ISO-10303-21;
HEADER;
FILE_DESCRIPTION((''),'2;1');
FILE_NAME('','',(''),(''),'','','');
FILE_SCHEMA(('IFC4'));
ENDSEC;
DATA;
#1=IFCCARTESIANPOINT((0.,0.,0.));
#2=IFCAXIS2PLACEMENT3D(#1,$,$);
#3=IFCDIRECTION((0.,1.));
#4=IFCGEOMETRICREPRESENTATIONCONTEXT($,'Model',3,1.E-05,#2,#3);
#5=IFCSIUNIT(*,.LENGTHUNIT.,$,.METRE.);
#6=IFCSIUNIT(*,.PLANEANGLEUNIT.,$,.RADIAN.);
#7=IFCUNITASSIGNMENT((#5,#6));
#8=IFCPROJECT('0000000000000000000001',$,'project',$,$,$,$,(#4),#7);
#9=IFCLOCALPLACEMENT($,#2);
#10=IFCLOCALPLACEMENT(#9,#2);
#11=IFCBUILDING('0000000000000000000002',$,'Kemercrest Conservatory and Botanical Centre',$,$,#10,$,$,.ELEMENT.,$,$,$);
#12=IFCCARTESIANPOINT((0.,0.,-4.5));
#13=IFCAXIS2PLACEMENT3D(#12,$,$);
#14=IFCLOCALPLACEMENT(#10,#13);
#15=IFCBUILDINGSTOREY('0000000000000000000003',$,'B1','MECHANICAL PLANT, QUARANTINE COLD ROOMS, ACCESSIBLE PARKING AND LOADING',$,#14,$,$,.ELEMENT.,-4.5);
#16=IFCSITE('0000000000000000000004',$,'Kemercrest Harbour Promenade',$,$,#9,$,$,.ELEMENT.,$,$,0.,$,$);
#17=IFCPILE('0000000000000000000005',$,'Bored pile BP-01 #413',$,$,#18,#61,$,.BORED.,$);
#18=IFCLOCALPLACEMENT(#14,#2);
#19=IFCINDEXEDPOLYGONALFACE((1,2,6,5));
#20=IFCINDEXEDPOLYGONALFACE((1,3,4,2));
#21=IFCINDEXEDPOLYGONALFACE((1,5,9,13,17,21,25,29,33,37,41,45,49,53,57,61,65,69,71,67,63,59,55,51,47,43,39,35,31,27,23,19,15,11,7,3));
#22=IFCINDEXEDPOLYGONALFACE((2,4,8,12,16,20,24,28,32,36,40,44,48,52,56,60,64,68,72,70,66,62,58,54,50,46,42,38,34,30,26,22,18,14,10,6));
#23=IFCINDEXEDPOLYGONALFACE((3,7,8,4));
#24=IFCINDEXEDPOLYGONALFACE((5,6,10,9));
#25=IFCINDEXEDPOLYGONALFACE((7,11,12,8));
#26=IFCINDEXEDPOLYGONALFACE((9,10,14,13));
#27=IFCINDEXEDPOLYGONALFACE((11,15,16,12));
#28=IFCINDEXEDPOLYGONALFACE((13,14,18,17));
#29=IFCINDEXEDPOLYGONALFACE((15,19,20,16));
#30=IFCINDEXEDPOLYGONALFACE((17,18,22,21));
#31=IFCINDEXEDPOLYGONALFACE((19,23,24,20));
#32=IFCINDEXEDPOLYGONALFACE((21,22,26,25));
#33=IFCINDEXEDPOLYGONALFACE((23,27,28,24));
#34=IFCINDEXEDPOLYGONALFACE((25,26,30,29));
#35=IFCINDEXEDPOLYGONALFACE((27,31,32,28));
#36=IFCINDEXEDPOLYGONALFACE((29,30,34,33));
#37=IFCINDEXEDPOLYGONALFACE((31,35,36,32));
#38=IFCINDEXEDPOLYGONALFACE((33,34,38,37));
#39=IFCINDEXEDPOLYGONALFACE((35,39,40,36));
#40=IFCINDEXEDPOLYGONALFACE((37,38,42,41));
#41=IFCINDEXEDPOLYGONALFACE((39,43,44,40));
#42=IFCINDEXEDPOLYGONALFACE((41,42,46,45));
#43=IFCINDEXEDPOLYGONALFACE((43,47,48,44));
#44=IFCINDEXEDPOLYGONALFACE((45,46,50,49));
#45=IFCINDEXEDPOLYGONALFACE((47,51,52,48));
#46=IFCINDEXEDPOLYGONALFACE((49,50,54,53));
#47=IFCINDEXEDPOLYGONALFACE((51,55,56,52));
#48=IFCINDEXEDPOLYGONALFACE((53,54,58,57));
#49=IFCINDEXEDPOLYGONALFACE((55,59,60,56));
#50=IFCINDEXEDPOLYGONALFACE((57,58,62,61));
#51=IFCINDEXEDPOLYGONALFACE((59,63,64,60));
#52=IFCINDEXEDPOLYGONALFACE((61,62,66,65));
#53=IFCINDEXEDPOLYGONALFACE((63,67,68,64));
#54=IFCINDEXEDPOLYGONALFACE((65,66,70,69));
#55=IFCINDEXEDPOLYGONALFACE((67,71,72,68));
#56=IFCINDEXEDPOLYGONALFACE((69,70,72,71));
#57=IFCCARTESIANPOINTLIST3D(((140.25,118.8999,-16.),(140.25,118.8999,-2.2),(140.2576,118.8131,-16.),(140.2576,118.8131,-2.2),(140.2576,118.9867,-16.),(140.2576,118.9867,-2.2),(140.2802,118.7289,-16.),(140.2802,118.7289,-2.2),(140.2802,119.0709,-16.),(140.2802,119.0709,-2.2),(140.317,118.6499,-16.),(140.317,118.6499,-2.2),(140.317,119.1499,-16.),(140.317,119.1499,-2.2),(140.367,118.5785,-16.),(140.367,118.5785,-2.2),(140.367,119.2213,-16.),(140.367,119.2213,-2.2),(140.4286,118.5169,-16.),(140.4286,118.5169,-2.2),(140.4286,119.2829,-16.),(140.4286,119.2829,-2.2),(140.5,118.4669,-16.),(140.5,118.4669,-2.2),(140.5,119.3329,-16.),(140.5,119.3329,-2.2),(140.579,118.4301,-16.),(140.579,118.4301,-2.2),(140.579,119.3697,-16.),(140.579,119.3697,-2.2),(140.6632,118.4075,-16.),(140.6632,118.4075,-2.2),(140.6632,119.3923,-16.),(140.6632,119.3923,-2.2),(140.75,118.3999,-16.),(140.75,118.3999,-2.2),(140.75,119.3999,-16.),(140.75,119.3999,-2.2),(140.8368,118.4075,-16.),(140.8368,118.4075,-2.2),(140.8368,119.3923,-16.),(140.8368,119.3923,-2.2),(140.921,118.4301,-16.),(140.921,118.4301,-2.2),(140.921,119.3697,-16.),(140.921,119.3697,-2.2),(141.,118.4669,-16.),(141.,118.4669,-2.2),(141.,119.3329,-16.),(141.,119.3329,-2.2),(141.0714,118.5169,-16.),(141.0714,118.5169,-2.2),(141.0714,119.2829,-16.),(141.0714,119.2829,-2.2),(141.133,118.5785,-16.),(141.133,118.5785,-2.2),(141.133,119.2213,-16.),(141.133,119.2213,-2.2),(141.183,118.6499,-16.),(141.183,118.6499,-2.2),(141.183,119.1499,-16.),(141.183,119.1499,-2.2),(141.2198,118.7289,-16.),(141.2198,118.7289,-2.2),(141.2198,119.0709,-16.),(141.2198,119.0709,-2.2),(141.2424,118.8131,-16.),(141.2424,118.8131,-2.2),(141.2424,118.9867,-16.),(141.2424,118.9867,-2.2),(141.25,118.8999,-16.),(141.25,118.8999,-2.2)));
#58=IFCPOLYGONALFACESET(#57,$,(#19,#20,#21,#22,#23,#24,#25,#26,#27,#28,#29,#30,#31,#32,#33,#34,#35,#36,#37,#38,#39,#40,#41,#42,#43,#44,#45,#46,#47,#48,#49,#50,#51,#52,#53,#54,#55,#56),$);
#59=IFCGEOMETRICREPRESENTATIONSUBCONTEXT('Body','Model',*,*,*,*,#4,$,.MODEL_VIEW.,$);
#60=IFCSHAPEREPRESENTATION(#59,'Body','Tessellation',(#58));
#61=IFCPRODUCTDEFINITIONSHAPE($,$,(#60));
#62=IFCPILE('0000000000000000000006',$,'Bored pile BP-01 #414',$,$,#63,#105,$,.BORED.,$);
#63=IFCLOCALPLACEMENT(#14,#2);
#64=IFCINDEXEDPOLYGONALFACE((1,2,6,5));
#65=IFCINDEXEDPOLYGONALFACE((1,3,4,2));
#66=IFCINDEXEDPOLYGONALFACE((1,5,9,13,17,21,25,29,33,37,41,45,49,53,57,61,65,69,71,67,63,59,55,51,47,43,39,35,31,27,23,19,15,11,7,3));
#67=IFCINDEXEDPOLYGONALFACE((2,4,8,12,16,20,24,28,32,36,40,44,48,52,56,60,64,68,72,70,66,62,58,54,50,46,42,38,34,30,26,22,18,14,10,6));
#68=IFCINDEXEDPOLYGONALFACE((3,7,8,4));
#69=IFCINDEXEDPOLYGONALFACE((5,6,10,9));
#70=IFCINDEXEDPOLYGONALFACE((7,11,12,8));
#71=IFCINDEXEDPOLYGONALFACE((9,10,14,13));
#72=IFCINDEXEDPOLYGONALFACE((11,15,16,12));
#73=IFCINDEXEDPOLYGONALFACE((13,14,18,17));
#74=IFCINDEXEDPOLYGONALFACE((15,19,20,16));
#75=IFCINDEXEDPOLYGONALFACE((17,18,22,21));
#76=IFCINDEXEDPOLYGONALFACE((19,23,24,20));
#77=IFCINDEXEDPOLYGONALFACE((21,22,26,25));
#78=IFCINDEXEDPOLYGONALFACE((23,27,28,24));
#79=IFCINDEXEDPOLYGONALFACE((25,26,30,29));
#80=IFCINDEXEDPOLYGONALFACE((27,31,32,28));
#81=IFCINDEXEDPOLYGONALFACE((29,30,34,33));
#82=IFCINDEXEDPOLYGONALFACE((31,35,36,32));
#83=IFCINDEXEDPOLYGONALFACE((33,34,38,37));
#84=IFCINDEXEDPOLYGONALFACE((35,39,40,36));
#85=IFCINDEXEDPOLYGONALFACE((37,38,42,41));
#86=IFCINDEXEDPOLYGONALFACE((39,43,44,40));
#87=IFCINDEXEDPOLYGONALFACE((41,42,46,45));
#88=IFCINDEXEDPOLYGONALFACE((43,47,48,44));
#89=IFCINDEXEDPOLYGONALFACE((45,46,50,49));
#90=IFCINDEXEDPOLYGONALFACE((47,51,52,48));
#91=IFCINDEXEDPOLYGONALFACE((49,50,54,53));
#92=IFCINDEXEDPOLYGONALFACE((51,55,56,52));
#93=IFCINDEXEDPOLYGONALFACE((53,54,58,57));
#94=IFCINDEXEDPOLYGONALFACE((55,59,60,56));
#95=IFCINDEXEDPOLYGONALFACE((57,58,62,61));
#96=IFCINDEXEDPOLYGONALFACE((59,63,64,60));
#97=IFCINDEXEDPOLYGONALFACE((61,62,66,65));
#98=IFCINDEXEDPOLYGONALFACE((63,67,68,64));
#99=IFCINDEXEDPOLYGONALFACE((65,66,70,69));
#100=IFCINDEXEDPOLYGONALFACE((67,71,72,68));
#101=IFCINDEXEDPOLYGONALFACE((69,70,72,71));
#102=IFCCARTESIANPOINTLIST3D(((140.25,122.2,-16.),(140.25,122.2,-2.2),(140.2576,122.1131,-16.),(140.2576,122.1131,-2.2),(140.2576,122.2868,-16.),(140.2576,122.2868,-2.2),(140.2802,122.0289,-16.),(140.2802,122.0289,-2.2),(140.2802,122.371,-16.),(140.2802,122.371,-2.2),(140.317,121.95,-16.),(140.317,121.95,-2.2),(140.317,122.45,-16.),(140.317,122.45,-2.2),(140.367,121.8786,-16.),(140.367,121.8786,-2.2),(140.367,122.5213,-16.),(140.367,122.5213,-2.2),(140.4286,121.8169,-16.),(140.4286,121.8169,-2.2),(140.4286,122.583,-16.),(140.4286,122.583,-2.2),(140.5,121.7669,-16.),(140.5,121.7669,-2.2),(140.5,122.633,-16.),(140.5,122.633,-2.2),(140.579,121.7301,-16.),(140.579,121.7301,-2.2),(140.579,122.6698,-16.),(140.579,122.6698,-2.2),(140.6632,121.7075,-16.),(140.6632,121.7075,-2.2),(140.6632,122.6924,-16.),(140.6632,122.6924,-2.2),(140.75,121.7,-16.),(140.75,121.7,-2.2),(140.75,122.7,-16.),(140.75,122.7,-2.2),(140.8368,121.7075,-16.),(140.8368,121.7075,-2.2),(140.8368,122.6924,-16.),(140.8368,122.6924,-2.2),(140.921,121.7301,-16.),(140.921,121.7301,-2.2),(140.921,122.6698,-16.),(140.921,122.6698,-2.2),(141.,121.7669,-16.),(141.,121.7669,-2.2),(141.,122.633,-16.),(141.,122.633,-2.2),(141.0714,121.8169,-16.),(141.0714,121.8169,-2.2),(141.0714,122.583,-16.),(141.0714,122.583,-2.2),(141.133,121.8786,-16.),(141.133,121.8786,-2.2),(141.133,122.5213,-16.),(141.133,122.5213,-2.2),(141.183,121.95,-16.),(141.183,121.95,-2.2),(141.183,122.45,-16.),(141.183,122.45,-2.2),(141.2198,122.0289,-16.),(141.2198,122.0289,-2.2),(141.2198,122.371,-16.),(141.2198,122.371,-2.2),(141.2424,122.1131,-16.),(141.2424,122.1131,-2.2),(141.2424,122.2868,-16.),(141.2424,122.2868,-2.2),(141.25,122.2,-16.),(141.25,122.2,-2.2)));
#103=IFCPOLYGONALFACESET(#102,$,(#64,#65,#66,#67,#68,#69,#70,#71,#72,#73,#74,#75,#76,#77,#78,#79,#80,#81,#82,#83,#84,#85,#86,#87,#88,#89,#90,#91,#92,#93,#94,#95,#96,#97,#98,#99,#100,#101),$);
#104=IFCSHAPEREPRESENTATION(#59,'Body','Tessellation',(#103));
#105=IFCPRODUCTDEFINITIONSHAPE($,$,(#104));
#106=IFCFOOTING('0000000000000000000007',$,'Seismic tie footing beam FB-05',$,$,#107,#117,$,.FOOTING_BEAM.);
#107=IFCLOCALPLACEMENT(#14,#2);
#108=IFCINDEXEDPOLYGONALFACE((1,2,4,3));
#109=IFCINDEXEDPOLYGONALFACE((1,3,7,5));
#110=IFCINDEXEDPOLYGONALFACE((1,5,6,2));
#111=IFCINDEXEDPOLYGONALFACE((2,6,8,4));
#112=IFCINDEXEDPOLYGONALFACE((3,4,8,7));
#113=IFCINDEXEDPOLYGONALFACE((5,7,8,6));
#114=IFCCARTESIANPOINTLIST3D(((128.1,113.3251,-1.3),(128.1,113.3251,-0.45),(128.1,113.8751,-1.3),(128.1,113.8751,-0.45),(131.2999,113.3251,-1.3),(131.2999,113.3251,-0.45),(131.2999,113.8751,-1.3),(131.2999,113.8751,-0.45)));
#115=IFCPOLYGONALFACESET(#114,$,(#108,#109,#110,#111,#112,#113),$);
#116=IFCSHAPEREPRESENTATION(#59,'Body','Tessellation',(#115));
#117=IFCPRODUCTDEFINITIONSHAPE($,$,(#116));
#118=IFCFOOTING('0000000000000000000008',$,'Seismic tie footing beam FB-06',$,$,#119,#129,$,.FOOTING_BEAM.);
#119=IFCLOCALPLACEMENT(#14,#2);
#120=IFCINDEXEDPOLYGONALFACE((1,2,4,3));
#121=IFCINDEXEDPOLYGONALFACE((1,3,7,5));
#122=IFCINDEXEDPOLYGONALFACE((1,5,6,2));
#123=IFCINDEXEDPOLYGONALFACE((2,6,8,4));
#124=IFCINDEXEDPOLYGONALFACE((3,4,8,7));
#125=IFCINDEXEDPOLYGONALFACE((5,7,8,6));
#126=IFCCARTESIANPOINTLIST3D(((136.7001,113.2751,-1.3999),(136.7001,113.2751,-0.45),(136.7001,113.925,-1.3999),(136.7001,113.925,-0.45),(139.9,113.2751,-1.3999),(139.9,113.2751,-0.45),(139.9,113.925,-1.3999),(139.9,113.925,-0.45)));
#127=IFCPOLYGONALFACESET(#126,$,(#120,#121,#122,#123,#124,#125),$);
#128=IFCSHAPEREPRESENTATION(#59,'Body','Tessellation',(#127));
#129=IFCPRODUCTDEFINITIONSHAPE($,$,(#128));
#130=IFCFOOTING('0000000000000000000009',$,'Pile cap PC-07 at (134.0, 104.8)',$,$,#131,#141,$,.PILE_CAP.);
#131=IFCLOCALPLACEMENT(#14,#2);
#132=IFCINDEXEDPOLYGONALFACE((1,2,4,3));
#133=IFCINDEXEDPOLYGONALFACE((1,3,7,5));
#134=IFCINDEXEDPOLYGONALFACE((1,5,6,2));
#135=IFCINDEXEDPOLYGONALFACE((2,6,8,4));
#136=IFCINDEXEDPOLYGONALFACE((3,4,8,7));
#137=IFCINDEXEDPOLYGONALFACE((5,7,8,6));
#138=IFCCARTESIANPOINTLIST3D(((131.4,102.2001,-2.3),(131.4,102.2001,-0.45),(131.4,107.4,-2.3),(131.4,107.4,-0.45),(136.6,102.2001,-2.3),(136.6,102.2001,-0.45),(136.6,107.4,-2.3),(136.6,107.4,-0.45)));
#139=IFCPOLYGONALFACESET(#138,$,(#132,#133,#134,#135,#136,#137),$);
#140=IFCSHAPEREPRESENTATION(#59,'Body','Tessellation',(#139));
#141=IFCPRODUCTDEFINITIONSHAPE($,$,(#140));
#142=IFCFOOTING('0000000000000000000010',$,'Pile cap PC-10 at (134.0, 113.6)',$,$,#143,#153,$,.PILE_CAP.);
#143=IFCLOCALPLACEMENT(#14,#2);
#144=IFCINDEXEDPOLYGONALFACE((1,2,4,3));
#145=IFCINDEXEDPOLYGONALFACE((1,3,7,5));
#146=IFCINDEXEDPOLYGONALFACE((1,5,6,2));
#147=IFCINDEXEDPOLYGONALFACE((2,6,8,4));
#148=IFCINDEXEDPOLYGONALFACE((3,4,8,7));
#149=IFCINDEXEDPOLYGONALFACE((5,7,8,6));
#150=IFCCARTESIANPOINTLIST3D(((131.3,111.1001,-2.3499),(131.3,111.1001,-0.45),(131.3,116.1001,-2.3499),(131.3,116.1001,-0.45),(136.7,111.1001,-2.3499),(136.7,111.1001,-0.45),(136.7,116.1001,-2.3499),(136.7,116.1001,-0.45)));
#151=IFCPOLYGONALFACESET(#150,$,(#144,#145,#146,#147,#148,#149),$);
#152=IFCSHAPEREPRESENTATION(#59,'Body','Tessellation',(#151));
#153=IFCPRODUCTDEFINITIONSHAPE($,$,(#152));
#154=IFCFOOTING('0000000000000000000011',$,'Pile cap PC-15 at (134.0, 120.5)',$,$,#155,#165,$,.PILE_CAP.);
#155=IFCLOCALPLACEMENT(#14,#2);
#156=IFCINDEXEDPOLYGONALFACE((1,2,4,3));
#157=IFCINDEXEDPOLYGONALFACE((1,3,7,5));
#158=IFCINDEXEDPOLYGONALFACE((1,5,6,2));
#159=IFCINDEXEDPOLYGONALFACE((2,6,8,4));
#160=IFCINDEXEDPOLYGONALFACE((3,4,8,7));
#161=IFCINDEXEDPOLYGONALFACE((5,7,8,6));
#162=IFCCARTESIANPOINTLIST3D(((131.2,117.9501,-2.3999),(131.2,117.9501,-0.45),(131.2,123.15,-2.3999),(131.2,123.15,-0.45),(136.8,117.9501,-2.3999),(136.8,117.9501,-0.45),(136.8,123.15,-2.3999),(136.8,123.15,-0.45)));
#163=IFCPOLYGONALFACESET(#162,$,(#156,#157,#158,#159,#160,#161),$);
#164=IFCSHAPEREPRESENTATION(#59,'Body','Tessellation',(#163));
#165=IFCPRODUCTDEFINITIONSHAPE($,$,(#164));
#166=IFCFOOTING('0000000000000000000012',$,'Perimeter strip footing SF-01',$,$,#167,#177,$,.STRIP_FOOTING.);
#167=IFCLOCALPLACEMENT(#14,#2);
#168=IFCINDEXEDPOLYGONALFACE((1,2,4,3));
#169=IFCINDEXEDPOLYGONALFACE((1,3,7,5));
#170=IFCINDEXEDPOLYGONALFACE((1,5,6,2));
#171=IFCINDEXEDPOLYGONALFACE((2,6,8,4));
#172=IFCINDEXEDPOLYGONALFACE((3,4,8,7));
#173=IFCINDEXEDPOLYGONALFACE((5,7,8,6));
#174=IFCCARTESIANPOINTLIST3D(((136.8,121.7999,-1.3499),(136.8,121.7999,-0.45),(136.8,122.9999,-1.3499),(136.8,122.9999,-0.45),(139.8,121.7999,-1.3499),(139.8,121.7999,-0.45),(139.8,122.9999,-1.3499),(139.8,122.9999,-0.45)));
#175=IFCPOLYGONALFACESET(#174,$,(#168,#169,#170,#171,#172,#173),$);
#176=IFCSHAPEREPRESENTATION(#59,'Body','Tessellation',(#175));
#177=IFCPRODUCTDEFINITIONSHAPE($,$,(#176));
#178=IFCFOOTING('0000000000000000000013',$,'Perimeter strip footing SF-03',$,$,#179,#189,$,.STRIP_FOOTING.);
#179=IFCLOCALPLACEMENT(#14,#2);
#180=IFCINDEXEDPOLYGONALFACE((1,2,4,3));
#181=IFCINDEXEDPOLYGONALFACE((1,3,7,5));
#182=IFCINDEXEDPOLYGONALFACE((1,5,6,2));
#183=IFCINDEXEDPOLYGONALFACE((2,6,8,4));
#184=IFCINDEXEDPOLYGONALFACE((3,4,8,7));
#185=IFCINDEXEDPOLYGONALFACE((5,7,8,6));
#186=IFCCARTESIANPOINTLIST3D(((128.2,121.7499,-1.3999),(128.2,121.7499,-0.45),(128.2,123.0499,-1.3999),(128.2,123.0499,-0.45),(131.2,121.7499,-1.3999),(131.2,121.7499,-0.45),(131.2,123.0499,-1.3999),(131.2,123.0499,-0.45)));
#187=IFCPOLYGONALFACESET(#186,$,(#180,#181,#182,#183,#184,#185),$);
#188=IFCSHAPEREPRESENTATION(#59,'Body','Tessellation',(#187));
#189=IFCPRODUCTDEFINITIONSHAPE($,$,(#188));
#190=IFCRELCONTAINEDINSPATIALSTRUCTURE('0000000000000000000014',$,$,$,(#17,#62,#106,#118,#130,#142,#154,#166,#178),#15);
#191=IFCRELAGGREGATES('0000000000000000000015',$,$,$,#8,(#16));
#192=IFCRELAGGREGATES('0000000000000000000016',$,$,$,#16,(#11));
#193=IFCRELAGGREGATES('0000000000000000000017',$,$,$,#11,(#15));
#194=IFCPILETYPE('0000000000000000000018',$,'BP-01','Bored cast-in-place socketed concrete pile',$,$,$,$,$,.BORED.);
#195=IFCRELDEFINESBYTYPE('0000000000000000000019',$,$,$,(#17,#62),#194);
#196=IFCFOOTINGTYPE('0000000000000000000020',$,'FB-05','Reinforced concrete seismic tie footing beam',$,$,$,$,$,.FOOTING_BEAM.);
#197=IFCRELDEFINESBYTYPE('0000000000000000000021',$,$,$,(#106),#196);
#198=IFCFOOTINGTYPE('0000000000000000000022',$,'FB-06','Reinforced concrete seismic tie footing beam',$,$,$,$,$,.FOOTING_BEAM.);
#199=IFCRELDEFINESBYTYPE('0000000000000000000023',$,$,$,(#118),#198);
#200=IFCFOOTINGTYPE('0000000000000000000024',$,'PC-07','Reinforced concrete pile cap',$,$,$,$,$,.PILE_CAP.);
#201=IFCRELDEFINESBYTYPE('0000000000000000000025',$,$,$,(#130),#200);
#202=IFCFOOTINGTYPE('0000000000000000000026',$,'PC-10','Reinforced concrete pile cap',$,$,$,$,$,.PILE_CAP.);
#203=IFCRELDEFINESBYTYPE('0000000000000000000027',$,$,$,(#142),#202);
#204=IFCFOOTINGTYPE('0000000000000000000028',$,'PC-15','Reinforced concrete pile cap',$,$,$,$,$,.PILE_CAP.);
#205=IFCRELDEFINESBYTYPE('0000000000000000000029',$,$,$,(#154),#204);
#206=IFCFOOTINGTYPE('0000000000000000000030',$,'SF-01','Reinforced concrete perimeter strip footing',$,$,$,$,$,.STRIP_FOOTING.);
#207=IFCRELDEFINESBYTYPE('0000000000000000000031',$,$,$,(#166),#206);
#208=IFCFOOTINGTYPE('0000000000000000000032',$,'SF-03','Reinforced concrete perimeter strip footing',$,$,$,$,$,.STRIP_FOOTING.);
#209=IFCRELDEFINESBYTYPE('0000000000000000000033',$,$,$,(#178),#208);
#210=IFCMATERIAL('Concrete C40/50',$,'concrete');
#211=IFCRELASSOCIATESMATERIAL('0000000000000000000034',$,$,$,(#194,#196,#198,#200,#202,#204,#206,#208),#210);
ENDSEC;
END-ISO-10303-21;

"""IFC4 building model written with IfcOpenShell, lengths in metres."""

from ifc_helpers import new_model, si_unit, direction, frame, origin, origin_2d, place, context, subcontext, project, spatial, rectangle, circle, extrude, material, material_profile, profile_set, type_object, element, save


model = new_model("IFC4")

# Units and contexts
model_context = context("Model", 3, precision=1e-05, world=origin(), true_north=direction((0.0, 1.0)))
body_context = subcontext(model_context, "Body", "Model", "MODEL_VIEW")
ifc_project = project(units=[si_unit("LENGTHUNIT", "METRE"), si_unit("PLANEANGLEUNIT", "RADIAN")], contexts=[model_context])

# Site, building, storey
site_placement = place(None, origin())
site = spatial("IfcSite", under=ifc_project, at=site_placement, Name="Kemercrest Harbour Promenade", CompositionType="ELEMENT", RefElevation=0.0)
building_placement = place(site_placement, origin())
building = spatial("IfcBuilding", under=site, at=building_placement, Name="Kemercrest Conservatory and Botanical Centre", CompositionType="ELEMENT")
storey_placement = place(building_placement, frame((0.0, 0.0, -4.5)))
storey = spatial("IfcBuildingStorey", under=building, at=storey_placement, Name="B1", Description="MECHANICAL PLANT, QUARANTINE COLD ROOMS, ACCESSIBLE PARKING AND LOADING", CompositionType="ELEMENT", Elevation=-4.5)

# Piles
ifc_material_1 = material(Name="Concrete C40/50", Category="concrete")
ifc_material_profile_1 = material_profile(ifc_material_1, circle(Radius=0.5, at=origin_2d()), Name="BORED PILE 1000")
ifc_profile_set_1 = profile_set([ifc_material_profile_1], Name="Concrete C40/50")
pile_type = type_object("IfcPileType", Name="BP-01", Description="Bored cast-in-place socketed concrete pile", PredefinedType="BORED", material=ifc_profile_set_1)
for number, where, z_axis, x_axis, name in (
    (1, (140.75, 118.8999, -2.2), (0.0, 0.0, -1.0), (1.0, 0.0, 0.0), "Bored pile BP-01 #413"),
    (2, (140.75, 122.2, -2.2), (0.0, 0.0, -1.0), (1.0, 0.0, 0.0), "Bored pile BP-01 #414"),
):
    element("IfcPile", number, at=place(storey_placement, frame(where, z_axis=z_axis, x_axis=x_axis)), inside=storey, type_object=pile_type, Name=name, PredefinedType="BORED", context=body_context, shape_type="SweptSolid", body=[
        extrude(circle(Radius=0.5, at=origin_2d()), origin(), (0.0, 0.0, 1.0), 13.8),
    ])

# Footings
footing_type_1 = type_object("IfcFootingType", Name="FB-05", Description="Reinforced concrete seismic tie footing beam", PredefinedType="FOOTING_BEAM", material=ifc_material_1)
footing_1_placement = place(storey_placement, frame((129.7, 113.6001, -1.3), z_axis=(0.0, 0.0, 1.0), x_axis=(1.0, 0.0, 0.0)))
element("IfcFooting", 3, at=footing_1_placement, inside=storey, type_object=footing_type_1, Name="Seismic tie footing beam FB-05", PredefinedType="FOOTING_BEAM", context=body_context, shape_type="SweptSolid", body=[
    extrude(rectangle(XDim=3.2, YDim=0.55, at=origin_2d()), origin(), (0.0, 0.0, 1.0), 0.8501),
])
footing_type_2 = type_object("IfcFootingType", Name="FB-06", Description="Reinforced concrete seismic tie footing beam", PredefinedType="FOOTING_BEAM", material=ifc_material_1)
footing_2_placement = place(storey_placement, frame((138.3, 113.6001, -1.3999), z_axis=(0.0, 0.0, 1.0), x_axis=(1.0, 0.0, 0.0)))
element("IfcFooting", 4, at=footing_2_placement, inside=storey, type_object=footing_type_2, Name="Seismic tie footing beam FB-06", PredefinedType="FOOTING_BEAM", context=body_context, shape_type="SweptSolid", body=[
    extrude(rectangle(XDim=3.2, YDim=0.6499, at=origin_2d()), origin(), (0.0, 0.0, 1.0), 0.95),
])
footing_type_3 = type_object("IfcFootingType", Name="PC-07", Description="Reinforced concrete pile cap", PredefinedType="PILE_CAP", material=ifc_material_1)
footing_3_placement = place(storey_placement, frame((134.0, 104.8, -2.3), z_axis=(0.0, 0.0, 1.0), x_axis=(1.0, 0.0, 0.0)))
element("IfcFooting", 5, at=footing_3_placement, inside=storey, type_object=footing_type_3, Name="Pile cap PC-07 at (134.0, 104.8)", PredefinedType="PILE_CAP", context=body_context, shape_type="SweptSolid", body=[
    extrude(rectangle(XDim=5.2, YDim=5.2, at=origin_2d()), origin(), (0.0, 0.0, 1.0), 1.8501),
])
footing_type_4 = type_object("IfcFootingType", Name="PC-10", Description="Reinforced concrete pile cap", PredefinedType="PILE_CAP", material=ifc_material_1)
footing_4_placement = place(storey_placement, frame((134.0, 113.6001, -2.3499), z_axis=(0.0, 0.0, 1.0), x_axis=(1.0, 0.0, 0.0)))
element("IfcFooting", 6, at=footing_4_placement, inside=storey, type_object=footing_type_4, Name="Pile cap PC-10 at (134.0, 113.6)", PredefinedType="PILE_CAP", context=body_context, shape_type="SweptSolid", body=[
    extrude(rectangle(XDim=5.3999, YDim=5.0, at=origin_2d()), origin(), (0.0, 0.0, 1.0), 1.8999),
])
footing_type_5 = type_object("IfcFootingType", Name="PC-15", Description="Reinforced concrete pile cap", PredefinedType="PILE_CAP", material=ifc_material_1)
footing_5_placement = place(storey_placement, frame((134.0, 120.55, -2.3999), z_axis=(0.0, 0.0, 1.0), x_axis=(1.0, 0.0, 0.0)))
element("IfcFooting", 7, at=footing_5_placement, inside=storey, type_object=footing_type_5, Name="Pile cap PC-15 at (134.0, 120.5)", PredefinedType="PILE_CAP", context=body_context, shape_type="SweptSolid", body=[
    extrude(rectangle(XDim=5.6001, YDim=5.2, at=origin_2d()), origin(), (0.0, 0.0, 1.0), 1.95),
])
footing_type_6 = type_object("IfcFootingType", Name="SF-01", Description="Reinforced concrete perimeter strip footing", PredefinedType="STRIP_FOOTING", material=ifc_material_1)
footing_6_placement = place(storey_placement, frame((138.3, 122.3999, -1.3499), z_axis=(0.0, 0.0, 1.0), x_axis=(1.0, 0.0, 0.0)))
element("IfcFooting", 8, at=footing_6_placement, inside=storey, type_object=footing_type_6, Name="Perimeter strip footing SF-01", PredefinedType="STRIP_FOOTING", context=body_context, shape_type="SweptSolid", body=[
    extrude(rectangle(XDim=3.0, YDim=1.2, at=origin_2d()), origin(), (0.0, 0.0, 1.0), 0.8999),
])
footing_type_7 = type_object("IfcFootingType", Name="SF-03", Description="Reinforced concrete perimeter strip footing", PredefinedType="STRIP_FOOTING", material=ifc_material_1)
footing_7_placement = place(storey_placement, frame((129.7, 122.3999, -1.3999), z_axis=(0.0, 0.0, 1.0), x_axis=(1.0, 0.0, 0.0)))
element("IfcFooting", 9, at=footing_7_placement, inside=storey, type_object=footing_type_7, Name="Perimeter strip footing SF-03", PredefinedType="STRIP_FOOTING", context=body_context, shape_type="SweptSolid", body=[
    extrude(rectangle(XDim=3.0, YDim=1.3, at=origin_2d()), origin(), (0.0, 0.0, 1.0), 0.95),
])

save(model, "model.ifc")
